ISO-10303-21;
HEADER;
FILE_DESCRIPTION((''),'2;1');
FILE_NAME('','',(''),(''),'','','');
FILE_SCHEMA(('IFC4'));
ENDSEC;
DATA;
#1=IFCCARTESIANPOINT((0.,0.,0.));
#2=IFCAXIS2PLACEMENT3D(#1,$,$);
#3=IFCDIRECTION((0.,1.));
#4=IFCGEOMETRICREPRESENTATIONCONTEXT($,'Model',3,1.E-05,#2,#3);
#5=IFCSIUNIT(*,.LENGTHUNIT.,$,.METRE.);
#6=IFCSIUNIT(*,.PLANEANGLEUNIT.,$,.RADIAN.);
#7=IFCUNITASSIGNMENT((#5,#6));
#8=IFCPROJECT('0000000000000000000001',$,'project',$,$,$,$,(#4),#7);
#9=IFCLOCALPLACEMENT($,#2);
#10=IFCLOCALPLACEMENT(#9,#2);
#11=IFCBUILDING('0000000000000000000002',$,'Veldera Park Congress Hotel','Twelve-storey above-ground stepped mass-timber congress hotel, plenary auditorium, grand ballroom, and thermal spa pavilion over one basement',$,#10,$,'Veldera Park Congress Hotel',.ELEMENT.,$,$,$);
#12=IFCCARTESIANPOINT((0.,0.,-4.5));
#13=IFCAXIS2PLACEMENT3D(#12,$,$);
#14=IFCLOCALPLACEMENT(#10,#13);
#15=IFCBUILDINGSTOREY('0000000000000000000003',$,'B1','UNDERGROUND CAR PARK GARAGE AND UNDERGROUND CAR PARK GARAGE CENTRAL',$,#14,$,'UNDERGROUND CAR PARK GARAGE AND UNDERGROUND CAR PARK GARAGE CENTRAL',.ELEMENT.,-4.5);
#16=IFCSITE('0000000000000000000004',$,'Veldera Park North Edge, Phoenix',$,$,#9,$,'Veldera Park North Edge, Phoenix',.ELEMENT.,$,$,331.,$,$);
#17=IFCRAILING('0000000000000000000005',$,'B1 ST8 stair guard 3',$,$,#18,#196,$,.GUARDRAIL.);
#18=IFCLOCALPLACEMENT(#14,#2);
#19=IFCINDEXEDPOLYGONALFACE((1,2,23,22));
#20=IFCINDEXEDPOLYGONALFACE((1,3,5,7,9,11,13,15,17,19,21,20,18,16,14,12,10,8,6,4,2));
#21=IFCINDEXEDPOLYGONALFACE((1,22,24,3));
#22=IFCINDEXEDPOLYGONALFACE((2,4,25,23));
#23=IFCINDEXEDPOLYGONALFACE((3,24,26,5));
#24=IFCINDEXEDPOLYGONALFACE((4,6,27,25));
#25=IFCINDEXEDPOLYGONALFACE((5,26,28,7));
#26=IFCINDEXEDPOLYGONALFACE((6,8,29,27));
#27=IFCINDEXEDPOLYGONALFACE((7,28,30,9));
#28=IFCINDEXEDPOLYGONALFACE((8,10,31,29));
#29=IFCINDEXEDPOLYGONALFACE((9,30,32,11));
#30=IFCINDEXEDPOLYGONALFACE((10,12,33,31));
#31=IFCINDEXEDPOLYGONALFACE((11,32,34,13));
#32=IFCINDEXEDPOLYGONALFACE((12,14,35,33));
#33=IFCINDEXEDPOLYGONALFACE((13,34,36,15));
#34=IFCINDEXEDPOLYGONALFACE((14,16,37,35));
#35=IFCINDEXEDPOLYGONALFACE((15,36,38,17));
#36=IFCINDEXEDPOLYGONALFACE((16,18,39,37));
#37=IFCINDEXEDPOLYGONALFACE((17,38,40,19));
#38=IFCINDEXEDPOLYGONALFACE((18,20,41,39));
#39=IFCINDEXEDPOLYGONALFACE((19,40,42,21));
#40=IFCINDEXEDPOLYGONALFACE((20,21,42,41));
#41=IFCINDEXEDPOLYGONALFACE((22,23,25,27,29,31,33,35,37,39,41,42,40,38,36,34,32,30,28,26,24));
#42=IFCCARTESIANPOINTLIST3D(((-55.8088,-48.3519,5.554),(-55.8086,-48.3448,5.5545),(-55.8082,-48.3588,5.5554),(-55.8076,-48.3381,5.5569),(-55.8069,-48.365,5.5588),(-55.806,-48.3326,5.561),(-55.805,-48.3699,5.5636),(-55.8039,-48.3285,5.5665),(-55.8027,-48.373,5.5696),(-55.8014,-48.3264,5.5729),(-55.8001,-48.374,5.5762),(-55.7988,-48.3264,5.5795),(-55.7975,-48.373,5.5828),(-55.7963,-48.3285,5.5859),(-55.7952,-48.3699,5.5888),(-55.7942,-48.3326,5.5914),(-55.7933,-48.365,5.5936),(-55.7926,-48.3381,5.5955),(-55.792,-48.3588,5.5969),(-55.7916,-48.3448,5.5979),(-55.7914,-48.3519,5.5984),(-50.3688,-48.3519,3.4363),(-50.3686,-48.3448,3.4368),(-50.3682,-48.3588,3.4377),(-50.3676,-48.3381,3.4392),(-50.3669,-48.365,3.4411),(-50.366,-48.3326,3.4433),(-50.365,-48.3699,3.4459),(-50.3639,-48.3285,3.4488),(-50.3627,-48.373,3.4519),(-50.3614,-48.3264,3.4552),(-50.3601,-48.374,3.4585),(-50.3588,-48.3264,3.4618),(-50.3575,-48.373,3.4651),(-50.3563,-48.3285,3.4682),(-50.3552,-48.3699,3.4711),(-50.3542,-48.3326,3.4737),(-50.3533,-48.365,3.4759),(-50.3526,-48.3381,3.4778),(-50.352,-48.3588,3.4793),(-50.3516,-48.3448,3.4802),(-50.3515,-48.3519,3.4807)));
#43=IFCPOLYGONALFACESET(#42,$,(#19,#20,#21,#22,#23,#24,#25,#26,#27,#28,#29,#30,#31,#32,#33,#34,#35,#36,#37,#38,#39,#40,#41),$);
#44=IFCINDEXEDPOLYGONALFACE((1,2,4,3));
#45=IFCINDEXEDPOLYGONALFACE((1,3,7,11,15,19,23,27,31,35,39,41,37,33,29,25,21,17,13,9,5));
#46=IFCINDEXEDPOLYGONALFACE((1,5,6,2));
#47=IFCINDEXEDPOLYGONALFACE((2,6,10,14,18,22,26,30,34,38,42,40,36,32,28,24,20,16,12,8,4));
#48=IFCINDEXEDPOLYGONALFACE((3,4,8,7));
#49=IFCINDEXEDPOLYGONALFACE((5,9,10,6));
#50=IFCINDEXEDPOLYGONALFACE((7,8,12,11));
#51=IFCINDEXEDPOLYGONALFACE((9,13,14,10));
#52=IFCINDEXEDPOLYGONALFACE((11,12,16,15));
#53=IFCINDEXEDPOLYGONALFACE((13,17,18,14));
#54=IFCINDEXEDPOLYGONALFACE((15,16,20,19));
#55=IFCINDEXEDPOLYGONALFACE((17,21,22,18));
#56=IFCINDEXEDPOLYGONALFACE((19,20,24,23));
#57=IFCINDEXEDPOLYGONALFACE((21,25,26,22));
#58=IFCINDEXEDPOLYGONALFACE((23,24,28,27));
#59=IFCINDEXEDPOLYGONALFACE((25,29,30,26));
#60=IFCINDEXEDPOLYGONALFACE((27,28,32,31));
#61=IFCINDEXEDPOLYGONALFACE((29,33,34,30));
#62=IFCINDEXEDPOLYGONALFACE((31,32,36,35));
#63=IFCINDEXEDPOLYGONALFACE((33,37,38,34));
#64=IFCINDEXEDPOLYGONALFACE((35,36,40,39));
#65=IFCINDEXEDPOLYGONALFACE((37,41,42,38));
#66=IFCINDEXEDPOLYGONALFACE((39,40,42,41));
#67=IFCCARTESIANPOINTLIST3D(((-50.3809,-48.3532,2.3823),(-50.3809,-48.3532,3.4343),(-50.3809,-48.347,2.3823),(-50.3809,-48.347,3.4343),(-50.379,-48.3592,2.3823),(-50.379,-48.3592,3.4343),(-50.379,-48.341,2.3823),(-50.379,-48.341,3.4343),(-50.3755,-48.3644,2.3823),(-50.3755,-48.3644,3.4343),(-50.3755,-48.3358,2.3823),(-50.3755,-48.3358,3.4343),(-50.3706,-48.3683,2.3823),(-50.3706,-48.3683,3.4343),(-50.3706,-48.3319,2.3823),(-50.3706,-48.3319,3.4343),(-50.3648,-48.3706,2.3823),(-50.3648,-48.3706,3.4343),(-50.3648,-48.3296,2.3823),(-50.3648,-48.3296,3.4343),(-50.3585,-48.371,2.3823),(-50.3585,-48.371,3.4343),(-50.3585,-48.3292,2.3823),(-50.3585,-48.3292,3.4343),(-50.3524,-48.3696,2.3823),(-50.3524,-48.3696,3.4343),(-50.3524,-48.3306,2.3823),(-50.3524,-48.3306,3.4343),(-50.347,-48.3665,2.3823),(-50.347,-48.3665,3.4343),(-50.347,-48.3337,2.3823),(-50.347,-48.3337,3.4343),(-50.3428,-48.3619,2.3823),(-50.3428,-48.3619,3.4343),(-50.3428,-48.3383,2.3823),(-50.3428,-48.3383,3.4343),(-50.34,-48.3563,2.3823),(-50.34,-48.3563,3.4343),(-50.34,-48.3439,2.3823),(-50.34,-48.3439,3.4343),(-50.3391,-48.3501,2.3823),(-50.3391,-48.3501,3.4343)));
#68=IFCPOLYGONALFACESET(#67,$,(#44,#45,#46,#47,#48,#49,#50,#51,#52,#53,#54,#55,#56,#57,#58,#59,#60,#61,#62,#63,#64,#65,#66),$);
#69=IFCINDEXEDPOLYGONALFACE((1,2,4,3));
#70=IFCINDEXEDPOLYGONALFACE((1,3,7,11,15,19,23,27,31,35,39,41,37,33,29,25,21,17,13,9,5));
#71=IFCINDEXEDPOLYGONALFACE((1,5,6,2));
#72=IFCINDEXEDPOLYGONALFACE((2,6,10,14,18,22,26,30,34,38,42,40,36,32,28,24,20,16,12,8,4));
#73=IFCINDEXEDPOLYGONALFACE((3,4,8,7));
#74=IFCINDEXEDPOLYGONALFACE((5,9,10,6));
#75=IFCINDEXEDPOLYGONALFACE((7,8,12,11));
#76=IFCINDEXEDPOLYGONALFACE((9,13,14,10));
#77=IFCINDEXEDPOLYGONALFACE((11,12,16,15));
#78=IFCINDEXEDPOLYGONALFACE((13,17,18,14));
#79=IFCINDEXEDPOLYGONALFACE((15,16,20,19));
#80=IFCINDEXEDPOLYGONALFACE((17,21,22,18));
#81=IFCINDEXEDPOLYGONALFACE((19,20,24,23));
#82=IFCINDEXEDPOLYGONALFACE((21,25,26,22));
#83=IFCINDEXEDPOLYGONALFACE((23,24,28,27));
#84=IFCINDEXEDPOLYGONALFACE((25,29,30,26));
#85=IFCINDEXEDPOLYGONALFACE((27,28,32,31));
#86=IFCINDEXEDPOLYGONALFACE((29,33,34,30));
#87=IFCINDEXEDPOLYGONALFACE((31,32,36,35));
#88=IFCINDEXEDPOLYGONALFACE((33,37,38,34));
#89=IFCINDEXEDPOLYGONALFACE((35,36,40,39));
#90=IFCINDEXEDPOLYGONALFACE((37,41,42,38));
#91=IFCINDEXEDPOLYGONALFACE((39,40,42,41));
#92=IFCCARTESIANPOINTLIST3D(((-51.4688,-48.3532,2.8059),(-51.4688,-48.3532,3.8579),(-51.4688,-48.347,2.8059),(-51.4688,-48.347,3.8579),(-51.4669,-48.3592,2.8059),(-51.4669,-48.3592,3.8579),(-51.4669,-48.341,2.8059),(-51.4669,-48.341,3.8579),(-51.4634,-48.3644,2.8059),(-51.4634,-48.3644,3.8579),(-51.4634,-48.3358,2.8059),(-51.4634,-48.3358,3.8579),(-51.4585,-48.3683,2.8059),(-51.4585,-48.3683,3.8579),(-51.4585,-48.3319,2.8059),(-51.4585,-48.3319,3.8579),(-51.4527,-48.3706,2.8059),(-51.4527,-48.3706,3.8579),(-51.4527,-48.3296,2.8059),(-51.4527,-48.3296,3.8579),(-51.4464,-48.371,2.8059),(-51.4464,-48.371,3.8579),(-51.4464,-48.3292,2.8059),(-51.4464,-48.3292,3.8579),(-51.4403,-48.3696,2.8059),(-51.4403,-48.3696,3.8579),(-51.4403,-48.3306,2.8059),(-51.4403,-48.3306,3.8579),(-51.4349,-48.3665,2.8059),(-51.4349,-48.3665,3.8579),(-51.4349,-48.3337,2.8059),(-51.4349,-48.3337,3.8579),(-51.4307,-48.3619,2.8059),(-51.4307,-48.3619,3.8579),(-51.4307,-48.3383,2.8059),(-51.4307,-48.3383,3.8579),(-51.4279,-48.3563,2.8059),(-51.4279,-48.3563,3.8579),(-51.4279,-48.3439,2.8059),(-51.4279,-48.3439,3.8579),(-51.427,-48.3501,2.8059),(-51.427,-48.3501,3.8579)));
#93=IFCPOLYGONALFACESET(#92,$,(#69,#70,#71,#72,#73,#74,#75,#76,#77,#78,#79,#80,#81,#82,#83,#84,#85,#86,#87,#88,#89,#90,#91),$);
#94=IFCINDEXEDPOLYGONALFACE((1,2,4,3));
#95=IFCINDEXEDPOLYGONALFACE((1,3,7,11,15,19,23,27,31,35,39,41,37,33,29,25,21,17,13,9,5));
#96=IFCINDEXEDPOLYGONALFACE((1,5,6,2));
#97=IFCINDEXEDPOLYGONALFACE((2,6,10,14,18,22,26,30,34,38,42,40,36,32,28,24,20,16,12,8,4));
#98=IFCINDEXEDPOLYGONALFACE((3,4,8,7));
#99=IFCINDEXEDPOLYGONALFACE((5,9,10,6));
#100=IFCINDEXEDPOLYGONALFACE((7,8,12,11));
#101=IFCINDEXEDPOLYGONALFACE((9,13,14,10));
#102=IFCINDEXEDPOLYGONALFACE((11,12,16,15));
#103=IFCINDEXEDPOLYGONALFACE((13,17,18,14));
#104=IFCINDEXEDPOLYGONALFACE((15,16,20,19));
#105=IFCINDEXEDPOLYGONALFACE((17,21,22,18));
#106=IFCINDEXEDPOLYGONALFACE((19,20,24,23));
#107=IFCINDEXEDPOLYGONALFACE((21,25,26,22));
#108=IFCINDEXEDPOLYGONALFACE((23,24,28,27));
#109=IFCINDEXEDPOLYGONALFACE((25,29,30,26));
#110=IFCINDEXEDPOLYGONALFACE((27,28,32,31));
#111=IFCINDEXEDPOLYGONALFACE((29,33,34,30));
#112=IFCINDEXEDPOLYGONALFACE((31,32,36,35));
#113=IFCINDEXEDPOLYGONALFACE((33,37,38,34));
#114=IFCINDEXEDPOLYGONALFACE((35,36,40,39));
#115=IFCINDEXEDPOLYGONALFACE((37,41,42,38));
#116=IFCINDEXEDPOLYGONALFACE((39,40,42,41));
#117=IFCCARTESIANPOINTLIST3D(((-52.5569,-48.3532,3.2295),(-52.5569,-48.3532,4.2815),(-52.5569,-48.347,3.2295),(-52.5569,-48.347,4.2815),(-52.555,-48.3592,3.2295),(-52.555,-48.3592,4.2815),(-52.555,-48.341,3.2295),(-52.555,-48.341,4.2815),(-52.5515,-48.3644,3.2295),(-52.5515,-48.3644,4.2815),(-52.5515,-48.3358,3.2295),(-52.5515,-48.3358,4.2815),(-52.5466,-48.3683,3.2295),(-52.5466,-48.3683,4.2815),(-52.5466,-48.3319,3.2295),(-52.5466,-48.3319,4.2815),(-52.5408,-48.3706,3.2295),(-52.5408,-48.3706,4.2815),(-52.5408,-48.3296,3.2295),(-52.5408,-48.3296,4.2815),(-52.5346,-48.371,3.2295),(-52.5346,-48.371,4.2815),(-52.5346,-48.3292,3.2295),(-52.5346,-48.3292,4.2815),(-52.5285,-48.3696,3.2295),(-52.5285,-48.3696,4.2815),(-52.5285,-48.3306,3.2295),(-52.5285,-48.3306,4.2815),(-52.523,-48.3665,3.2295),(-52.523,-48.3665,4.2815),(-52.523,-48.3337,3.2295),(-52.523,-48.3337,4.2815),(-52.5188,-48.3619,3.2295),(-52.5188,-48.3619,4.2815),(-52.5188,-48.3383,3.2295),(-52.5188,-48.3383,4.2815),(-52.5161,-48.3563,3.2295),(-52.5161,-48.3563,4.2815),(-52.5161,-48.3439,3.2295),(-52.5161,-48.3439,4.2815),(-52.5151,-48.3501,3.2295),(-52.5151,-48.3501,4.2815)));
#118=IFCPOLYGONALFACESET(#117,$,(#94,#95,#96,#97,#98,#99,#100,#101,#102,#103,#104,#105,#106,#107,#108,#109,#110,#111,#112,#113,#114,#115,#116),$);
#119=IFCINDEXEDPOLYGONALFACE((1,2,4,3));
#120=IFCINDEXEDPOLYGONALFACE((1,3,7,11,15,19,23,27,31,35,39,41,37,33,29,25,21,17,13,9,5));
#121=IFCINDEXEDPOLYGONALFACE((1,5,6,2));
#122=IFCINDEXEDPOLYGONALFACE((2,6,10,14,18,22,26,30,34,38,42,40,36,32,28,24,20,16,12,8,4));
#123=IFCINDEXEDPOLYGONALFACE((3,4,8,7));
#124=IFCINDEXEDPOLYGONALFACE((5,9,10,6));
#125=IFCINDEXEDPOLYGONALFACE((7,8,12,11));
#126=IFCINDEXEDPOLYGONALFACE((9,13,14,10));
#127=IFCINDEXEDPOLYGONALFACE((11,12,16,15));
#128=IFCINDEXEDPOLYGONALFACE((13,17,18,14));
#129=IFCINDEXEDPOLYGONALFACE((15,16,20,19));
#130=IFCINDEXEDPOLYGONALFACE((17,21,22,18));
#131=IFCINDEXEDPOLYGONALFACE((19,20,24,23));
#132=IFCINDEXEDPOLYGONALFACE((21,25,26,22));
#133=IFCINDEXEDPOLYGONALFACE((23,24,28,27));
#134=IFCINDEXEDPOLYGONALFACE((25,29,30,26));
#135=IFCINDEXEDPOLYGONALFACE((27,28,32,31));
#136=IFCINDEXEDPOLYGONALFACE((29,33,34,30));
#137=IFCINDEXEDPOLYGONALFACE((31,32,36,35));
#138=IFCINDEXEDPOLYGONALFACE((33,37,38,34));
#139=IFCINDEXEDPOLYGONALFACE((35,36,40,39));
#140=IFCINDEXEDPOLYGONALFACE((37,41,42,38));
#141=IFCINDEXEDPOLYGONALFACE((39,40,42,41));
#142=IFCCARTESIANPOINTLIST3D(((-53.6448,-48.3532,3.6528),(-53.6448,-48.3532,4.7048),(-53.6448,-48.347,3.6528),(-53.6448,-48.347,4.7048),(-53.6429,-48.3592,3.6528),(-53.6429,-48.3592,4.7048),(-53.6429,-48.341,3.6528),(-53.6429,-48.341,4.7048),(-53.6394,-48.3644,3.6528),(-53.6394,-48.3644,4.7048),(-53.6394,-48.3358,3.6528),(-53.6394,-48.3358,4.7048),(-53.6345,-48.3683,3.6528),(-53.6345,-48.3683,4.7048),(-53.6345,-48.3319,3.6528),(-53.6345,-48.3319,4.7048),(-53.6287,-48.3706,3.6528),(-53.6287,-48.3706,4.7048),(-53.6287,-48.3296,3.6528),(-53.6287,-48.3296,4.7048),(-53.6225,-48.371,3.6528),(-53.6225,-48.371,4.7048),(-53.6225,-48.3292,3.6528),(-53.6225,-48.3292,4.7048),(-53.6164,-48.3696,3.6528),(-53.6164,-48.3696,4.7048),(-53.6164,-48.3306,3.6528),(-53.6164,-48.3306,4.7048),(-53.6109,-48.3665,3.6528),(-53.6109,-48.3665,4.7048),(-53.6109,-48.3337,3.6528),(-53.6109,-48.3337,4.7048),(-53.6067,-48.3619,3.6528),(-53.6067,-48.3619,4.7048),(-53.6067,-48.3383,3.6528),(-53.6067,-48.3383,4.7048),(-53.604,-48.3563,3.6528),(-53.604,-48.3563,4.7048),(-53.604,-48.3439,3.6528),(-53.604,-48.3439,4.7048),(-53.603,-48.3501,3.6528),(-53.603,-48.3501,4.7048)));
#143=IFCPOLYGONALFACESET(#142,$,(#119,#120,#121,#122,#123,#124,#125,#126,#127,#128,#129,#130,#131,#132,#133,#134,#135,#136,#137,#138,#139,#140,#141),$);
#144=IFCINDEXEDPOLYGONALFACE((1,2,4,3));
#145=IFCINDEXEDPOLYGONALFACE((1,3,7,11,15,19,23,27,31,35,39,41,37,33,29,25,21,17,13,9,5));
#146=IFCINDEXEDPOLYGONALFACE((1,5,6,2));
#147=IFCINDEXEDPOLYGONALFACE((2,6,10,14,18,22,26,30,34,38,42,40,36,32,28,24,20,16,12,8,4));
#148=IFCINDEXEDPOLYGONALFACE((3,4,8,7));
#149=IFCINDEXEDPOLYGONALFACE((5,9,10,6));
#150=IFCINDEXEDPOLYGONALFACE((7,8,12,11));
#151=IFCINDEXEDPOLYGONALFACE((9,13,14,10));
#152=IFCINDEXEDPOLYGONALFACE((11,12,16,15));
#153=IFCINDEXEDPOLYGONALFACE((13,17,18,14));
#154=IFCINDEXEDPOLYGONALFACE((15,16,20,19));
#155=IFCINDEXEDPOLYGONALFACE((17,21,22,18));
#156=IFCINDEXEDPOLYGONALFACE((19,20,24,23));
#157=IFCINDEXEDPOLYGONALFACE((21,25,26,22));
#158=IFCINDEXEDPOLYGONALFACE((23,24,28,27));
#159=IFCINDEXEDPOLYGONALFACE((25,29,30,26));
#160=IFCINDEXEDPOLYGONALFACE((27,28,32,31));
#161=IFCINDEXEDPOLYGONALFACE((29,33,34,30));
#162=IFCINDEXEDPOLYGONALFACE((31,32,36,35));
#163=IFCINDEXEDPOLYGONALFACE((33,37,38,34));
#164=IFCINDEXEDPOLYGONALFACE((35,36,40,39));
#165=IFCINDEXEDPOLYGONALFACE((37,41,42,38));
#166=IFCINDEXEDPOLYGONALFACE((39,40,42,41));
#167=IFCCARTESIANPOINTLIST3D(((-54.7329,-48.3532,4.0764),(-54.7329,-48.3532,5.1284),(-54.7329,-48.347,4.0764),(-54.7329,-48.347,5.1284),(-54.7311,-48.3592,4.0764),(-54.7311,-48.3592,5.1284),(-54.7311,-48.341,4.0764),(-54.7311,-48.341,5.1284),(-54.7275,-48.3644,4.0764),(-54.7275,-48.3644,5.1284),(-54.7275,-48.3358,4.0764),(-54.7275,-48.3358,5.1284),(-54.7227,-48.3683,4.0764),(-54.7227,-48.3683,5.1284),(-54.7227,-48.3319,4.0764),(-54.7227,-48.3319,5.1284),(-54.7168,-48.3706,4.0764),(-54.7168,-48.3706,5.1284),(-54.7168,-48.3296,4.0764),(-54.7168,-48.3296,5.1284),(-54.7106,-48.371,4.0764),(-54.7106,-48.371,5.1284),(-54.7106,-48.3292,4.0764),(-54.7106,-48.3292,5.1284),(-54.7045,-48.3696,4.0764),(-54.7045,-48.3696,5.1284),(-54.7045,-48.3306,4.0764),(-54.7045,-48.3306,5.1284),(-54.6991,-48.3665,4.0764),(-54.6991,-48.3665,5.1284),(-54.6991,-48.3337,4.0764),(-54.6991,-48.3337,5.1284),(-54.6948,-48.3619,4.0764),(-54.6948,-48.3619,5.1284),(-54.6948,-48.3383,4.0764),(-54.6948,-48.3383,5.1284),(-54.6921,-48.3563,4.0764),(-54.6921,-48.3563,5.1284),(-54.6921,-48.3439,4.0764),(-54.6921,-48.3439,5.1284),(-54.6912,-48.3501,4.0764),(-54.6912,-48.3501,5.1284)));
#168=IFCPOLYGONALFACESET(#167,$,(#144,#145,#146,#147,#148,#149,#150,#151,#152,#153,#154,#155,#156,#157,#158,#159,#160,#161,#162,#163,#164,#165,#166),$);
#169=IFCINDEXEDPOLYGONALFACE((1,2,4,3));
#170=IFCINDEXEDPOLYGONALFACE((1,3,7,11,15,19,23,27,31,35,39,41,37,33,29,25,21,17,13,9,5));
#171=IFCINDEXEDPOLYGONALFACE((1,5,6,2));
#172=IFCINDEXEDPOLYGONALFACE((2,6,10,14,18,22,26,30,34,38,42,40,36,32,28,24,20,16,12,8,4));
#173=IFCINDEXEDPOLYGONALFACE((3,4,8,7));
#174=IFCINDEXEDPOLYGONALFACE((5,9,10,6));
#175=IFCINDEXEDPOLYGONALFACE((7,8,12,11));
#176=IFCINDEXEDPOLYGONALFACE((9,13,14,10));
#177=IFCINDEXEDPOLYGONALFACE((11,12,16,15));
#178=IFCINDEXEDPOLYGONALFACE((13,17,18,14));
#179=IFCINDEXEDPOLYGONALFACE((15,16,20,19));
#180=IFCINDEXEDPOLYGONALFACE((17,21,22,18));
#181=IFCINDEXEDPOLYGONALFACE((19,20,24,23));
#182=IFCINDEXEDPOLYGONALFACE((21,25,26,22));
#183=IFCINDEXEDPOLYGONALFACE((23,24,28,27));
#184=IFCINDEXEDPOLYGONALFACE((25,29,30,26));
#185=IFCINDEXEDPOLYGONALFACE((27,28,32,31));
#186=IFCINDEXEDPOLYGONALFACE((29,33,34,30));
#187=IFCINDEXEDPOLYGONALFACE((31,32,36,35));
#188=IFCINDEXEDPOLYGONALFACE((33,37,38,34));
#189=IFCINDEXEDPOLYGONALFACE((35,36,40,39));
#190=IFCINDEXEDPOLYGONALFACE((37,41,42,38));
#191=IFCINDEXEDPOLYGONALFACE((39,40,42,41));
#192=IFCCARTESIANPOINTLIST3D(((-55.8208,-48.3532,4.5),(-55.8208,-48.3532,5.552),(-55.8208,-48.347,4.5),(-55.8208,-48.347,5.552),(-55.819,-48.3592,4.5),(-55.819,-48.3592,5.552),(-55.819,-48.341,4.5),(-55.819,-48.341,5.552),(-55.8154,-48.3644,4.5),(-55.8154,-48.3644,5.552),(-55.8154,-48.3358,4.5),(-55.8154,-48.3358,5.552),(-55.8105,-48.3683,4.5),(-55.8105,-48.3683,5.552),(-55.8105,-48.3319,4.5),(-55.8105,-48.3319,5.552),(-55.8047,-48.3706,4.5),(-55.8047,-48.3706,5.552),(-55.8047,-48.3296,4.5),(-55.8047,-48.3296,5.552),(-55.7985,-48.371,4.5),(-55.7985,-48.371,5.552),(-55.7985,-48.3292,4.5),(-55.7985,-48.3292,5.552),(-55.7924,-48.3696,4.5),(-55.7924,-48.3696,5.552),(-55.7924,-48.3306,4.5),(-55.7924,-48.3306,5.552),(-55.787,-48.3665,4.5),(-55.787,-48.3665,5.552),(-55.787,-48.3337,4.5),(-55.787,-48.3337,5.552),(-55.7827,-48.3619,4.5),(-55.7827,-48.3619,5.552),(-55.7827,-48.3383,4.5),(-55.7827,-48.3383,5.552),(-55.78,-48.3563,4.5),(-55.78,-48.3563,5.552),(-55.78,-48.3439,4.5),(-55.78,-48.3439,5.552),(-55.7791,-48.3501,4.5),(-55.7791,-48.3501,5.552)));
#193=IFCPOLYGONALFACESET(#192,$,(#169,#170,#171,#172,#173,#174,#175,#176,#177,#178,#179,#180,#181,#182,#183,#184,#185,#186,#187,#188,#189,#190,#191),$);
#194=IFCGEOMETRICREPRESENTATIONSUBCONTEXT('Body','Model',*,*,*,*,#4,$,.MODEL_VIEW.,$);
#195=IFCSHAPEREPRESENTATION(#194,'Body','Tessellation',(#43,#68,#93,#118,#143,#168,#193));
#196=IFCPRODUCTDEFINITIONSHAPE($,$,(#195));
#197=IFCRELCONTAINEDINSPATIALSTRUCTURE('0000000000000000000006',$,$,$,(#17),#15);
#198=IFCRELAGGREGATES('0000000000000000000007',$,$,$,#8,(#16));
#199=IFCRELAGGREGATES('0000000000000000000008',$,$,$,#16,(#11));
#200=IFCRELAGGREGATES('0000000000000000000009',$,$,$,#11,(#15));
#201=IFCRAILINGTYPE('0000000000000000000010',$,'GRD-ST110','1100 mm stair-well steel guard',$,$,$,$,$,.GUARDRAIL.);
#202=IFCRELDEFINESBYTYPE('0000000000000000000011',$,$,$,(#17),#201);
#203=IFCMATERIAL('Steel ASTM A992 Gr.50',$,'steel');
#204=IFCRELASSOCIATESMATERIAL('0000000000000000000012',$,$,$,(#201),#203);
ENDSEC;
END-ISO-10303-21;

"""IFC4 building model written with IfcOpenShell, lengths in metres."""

from ifc_helpers import new_model, si_unit, direction, frame, origin, origin_2d, place, context, subcontext, project, spatial, circle, extrude, material, type_object, element, save


model = new_model("IFC4")

# Units and contexts
model_context = context("Model", 3, precision=1e-05, world=origin(), true_north=direction((0.0, 1.0)))
body_context = subcontext(model_context, "Body", "Model", "MODEL_VIEW")
ifc_project = project(units=[si_unit("LENGTHUNIT", "METRE"), si_unit("PLANEANGLEUNIT", "RADIAN")], contexts=[model_context])

# Site, building, storey
site_placement = place(None, origin())
site = spatial("IfcSite", under=ifc_project, at=site_placement, Name="Veldera Park North Edge, Phoenix", LongName="Veldera Park North Edge, Phoenix", CompositionType="ELEMENT", RefElevation=331.0)
building_placement = place(site_placement, origin())
building = spatial("IfcBuilding", under=site, at=building_placement, Name="Veldera Park Congress Hotel", Description="Twelve-storey above-ground stepped mass-timber congress hotel, plenary auditorium, grand ballroom, and thermal spa pavilion over one basement", LongName="Veldera Park Congress Hotel", CompositionType="ELEMENT")
storey_placement = place(building_placement, frame((0.0, 0.0, -4.5)))
storey = spatial("IfcBuildingStorey", under=building, at=storey_placement, Name="B1", Description="UNDERGROUND CAR PARK GARAGE AND UNDERGROUND CAR PARK GARAGE CENTRAL", LongName="UNDERGROUND CAR PARK GARAGE AND UNDERGROUND CAR PARK GARAGE CENTRAL", CompositionType="ELEMENT", Elevation=-4.5)

# Shared definitions
ifc_material_1 = material(Name="Steel ASTM A992 Gr.50", Category="steel")

# Railing
railing_type_1 = type_object("IfcRailingType", Name="GRD-ST110", Description="1100 mm stair-well steel guard", PredefinedType="GUARDRAIL", material=ifc_material_1)
railing_1_placement = place(storey_placement, frame((-50.3601, -48.3501, 2.3823)))
element("IfcRailing", 1, at=railing_1_placement, inside=storey, type_object=railing_type_1, Name="B1 ST8 stair guard 3", PredefinedType="GUARDRAIL", context=body_context, shape_type="SweptSolid", body=[
    extrude(circle(Radius=0.0239, at=origin_2d()), frame((0.0, 0.0, 1.0762), z_axis=(-0.931881, 0.0, 0.362765), x_axis=(0.0, -1.0, 0.0)), (0.0, 0.0, 1.0), 5.8376),
    extrude(circle(Radius=0.021, at=origin_2d()), origin(), (0.0, 0.0, 1.0), 1.052),
    extrude(circle(Radius=0.021, at=origin_2d()), frame((-1.0879, 0.0, 0.4236)), (0.0, 0.0, 1.0), 1.052),
    extrude(circle(Radius=0.021, at=origin_2d()), frame((-2.176, 0.0, 0.8472)), (0.0, 0.0, 1.0), 1.052),
    extrude(circle(Radius=0.021, at=origin_2d()), frame((-3.2639, 0.0, 1.2705)), (0.0, 0.0, 1.0), 1.052),
    extrude(circle(Radius=0.021, at=origin_2d()), frame((-4.3521, 0.0, 1.6941)), (0.0, 0.0, 1.0), 1.052),
    extrude(circle(Radius=0.021, at=origin_2d()), frame((-5.4399, 0.0, 2.1177)), (0.0, 0.0, 1.0), 1.052),
])

save(model, "model.ifc")
